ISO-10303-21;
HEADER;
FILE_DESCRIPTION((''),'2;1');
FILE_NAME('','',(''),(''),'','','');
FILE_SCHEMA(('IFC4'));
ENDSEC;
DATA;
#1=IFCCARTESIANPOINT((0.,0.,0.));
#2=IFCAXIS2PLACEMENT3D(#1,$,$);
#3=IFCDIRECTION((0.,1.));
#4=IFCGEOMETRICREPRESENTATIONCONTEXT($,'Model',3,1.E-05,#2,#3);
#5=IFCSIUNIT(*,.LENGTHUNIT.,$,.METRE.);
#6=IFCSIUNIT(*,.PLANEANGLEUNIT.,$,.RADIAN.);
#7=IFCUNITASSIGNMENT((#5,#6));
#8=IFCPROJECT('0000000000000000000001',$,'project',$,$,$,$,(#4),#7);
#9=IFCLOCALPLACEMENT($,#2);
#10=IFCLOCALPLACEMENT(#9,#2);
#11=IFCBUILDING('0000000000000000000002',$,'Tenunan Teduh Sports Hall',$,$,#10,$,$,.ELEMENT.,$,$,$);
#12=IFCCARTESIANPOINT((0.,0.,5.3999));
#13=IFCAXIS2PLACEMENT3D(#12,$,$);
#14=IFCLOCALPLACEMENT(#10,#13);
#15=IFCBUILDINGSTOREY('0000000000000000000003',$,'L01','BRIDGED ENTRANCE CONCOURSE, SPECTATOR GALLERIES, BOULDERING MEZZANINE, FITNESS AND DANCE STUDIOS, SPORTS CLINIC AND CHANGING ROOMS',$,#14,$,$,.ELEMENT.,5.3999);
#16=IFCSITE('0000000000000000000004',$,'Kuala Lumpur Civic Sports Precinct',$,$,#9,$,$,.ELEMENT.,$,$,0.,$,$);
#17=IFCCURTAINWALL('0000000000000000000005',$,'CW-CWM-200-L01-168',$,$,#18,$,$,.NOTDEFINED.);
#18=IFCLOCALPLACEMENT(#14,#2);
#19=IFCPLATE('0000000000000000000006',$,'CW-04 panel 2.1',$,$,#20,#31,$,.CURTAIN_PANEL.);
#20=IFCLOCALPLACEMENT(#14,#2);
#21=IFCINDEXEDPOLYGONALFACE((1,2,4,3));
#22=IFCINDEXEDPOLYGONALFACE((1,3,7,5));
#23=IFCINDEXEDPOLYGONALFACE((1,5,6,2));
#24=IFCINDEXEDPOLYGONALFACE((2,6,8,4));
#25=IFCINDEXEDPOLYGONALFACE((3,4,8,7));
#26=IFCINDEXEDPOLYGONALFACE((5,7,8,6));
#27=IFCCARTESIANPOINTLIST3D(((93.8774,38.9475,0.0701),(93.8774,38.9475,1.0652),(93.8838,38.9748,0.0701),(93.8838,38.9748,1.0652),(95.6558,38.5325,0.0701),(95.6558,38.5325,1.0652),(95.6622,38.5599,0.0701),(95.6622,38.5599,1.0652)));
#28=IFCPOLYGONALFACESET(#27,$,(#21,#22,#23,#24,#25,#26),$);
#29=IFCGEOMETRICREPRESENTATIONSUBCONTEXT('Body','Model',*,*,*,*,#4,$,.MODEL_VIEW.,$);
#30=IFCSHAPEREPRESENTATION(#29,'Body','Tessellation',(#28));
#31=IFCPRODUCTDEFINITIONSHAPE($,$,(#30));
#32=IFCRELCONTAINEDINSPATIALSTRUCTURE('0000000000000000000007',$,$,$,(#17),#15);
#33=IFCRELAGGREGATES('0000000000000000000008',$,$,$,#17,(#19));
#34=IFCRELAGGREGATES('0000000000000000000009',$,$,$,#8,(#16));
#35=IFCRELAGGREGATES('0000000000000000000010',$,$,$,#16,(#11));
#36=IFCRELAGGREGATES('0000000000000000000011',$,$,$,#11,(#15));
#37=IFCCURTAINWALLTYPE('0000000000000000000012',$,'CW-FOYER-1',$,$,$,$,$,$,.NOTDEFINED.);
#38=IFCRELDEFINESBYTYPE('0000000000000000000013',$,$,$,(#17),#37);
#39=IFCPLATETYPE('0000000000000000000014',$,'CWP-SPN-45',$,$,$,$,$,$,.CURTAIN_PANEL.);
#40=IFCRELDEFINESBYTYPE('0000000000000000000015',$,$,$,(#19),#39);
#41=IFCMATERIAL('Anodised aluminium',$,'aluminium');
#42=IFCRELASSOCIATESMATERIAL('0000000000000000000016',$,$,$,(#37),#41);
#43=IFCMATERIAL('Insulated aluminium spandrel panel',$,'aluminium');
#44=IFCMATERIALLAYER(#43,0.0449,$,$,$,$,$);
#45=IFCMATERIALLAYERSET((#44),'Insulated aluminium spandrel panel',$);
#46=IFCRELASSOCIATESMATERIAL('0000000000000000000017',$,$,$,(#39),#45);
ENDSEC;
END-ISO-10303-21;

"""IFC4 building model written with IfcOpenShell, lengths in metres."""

from ifc_helpers import new_model, si_unit, direction, frame, origin, origin_2d, place, context, subcontext, project, spatial, rectangle, extrude, material, layer, layer_set, type_object, element, aggregate, save


model = new_model("IFC4")

# Units and contexts
model_context = context("Model", 3, precision=1e-05, world=origin(), true_north=direction((0.0, 1.0)))
body_context = subcontext(model_context, "Body", "Model", "MODEL_VIEW")
ifc_project = project(units=[si_unit("LENGTHUNIT", "METRE"), si_unit("PLANEANGLEUNIT", "RADIAN")], contexts=[model_context])

# Site, building, storey
site_placement = place(None, origin())
site = spatial("IfcSite", under=ifc_project, at=site_placement, Name="Kuala Lumpur Civic Sports Precinct", CompositionType="ELEMENT", RefElevation=0.0)
building_placement = place(site_placement, origin())
building = spatial("IfcBuilding", under=site, at=building_placement, Name="Tenunan Teduh Sports Hall", CompositionType="ELEMENT")
storey_placement = place(building_placement, frame((0.0, 0.0, 5.3999)))
storey = spatial("IfcBuildingStorey", under=building, at=storey_placement, Name="L01", Description="BRIDGED ENTRANCE CONCOURSE, SPECTATOR GALLERIES, BOULDERING MEZZANINE, FITNESS AND DANCE STUDIOS, SPORTS CLINIC AND CHANGING ROOMS", CompositionType="ELEMENT", Elevation=5.3999)

# Curtain wall
ifc_material_1 = material(Name="Anodised aluminium", Category="aluminium")
curtain_wall_type = type_object("IfcCurtainWallType", Name="CW-FOYER-1", PredefinedType="NOTDEFINED", material=ifc_material_1)
curtain_wall_1_placement = place(storey_placement, origin())
curtain_wall_1 = element("IfcCurtainWall", 1, at=curtain_wall_1_placement, inside=storey, type_object=curtain_wall_type, Name="CW-CWM-200-L01-168", PredefinedType="NOTDEFINED")

# Plate
ifc_material_2 = material(Name="Insulated aluminium spandrel panel", Category="aluminium")
ifc_layer_1 = layer(ifc_material_2, 0.0449)
ifc_layer_set_1 = layer_set([ifc_layer_1], Name="Insulated aluminium spandrel panel")
plate_type_1 = type_object("IfcPlateType", Name="CWP-SPN-45", PredefinedType="CURTAIN_PANEL", material=ifc_layer_set_1)
plate_1_placement = place(storey_placement, frame((94.7698, 38.7537, 0.0701), z_axis=(0.0, 0.0, 1.0), x_axis=(0.973842, -0.227225, 0.0)))
plate_1 = element("IfcPlate", 2, at=plate_1_placement, type_object=plate_type_1, Name="CW-04 panel 2.1", PredefinedType="CURTAIN_PANEL", context=body_context, shape_type="SweptSolid", body=[
    extrude(rectangle(XDim=1.8262, YDim=0.0281, at=origin_2d()), origin(), (0.0, 0.0, 1.0), 0.9951),
])
aggregate(curtain_wall_1, [plate_1])

save(model, "model.ifc")
